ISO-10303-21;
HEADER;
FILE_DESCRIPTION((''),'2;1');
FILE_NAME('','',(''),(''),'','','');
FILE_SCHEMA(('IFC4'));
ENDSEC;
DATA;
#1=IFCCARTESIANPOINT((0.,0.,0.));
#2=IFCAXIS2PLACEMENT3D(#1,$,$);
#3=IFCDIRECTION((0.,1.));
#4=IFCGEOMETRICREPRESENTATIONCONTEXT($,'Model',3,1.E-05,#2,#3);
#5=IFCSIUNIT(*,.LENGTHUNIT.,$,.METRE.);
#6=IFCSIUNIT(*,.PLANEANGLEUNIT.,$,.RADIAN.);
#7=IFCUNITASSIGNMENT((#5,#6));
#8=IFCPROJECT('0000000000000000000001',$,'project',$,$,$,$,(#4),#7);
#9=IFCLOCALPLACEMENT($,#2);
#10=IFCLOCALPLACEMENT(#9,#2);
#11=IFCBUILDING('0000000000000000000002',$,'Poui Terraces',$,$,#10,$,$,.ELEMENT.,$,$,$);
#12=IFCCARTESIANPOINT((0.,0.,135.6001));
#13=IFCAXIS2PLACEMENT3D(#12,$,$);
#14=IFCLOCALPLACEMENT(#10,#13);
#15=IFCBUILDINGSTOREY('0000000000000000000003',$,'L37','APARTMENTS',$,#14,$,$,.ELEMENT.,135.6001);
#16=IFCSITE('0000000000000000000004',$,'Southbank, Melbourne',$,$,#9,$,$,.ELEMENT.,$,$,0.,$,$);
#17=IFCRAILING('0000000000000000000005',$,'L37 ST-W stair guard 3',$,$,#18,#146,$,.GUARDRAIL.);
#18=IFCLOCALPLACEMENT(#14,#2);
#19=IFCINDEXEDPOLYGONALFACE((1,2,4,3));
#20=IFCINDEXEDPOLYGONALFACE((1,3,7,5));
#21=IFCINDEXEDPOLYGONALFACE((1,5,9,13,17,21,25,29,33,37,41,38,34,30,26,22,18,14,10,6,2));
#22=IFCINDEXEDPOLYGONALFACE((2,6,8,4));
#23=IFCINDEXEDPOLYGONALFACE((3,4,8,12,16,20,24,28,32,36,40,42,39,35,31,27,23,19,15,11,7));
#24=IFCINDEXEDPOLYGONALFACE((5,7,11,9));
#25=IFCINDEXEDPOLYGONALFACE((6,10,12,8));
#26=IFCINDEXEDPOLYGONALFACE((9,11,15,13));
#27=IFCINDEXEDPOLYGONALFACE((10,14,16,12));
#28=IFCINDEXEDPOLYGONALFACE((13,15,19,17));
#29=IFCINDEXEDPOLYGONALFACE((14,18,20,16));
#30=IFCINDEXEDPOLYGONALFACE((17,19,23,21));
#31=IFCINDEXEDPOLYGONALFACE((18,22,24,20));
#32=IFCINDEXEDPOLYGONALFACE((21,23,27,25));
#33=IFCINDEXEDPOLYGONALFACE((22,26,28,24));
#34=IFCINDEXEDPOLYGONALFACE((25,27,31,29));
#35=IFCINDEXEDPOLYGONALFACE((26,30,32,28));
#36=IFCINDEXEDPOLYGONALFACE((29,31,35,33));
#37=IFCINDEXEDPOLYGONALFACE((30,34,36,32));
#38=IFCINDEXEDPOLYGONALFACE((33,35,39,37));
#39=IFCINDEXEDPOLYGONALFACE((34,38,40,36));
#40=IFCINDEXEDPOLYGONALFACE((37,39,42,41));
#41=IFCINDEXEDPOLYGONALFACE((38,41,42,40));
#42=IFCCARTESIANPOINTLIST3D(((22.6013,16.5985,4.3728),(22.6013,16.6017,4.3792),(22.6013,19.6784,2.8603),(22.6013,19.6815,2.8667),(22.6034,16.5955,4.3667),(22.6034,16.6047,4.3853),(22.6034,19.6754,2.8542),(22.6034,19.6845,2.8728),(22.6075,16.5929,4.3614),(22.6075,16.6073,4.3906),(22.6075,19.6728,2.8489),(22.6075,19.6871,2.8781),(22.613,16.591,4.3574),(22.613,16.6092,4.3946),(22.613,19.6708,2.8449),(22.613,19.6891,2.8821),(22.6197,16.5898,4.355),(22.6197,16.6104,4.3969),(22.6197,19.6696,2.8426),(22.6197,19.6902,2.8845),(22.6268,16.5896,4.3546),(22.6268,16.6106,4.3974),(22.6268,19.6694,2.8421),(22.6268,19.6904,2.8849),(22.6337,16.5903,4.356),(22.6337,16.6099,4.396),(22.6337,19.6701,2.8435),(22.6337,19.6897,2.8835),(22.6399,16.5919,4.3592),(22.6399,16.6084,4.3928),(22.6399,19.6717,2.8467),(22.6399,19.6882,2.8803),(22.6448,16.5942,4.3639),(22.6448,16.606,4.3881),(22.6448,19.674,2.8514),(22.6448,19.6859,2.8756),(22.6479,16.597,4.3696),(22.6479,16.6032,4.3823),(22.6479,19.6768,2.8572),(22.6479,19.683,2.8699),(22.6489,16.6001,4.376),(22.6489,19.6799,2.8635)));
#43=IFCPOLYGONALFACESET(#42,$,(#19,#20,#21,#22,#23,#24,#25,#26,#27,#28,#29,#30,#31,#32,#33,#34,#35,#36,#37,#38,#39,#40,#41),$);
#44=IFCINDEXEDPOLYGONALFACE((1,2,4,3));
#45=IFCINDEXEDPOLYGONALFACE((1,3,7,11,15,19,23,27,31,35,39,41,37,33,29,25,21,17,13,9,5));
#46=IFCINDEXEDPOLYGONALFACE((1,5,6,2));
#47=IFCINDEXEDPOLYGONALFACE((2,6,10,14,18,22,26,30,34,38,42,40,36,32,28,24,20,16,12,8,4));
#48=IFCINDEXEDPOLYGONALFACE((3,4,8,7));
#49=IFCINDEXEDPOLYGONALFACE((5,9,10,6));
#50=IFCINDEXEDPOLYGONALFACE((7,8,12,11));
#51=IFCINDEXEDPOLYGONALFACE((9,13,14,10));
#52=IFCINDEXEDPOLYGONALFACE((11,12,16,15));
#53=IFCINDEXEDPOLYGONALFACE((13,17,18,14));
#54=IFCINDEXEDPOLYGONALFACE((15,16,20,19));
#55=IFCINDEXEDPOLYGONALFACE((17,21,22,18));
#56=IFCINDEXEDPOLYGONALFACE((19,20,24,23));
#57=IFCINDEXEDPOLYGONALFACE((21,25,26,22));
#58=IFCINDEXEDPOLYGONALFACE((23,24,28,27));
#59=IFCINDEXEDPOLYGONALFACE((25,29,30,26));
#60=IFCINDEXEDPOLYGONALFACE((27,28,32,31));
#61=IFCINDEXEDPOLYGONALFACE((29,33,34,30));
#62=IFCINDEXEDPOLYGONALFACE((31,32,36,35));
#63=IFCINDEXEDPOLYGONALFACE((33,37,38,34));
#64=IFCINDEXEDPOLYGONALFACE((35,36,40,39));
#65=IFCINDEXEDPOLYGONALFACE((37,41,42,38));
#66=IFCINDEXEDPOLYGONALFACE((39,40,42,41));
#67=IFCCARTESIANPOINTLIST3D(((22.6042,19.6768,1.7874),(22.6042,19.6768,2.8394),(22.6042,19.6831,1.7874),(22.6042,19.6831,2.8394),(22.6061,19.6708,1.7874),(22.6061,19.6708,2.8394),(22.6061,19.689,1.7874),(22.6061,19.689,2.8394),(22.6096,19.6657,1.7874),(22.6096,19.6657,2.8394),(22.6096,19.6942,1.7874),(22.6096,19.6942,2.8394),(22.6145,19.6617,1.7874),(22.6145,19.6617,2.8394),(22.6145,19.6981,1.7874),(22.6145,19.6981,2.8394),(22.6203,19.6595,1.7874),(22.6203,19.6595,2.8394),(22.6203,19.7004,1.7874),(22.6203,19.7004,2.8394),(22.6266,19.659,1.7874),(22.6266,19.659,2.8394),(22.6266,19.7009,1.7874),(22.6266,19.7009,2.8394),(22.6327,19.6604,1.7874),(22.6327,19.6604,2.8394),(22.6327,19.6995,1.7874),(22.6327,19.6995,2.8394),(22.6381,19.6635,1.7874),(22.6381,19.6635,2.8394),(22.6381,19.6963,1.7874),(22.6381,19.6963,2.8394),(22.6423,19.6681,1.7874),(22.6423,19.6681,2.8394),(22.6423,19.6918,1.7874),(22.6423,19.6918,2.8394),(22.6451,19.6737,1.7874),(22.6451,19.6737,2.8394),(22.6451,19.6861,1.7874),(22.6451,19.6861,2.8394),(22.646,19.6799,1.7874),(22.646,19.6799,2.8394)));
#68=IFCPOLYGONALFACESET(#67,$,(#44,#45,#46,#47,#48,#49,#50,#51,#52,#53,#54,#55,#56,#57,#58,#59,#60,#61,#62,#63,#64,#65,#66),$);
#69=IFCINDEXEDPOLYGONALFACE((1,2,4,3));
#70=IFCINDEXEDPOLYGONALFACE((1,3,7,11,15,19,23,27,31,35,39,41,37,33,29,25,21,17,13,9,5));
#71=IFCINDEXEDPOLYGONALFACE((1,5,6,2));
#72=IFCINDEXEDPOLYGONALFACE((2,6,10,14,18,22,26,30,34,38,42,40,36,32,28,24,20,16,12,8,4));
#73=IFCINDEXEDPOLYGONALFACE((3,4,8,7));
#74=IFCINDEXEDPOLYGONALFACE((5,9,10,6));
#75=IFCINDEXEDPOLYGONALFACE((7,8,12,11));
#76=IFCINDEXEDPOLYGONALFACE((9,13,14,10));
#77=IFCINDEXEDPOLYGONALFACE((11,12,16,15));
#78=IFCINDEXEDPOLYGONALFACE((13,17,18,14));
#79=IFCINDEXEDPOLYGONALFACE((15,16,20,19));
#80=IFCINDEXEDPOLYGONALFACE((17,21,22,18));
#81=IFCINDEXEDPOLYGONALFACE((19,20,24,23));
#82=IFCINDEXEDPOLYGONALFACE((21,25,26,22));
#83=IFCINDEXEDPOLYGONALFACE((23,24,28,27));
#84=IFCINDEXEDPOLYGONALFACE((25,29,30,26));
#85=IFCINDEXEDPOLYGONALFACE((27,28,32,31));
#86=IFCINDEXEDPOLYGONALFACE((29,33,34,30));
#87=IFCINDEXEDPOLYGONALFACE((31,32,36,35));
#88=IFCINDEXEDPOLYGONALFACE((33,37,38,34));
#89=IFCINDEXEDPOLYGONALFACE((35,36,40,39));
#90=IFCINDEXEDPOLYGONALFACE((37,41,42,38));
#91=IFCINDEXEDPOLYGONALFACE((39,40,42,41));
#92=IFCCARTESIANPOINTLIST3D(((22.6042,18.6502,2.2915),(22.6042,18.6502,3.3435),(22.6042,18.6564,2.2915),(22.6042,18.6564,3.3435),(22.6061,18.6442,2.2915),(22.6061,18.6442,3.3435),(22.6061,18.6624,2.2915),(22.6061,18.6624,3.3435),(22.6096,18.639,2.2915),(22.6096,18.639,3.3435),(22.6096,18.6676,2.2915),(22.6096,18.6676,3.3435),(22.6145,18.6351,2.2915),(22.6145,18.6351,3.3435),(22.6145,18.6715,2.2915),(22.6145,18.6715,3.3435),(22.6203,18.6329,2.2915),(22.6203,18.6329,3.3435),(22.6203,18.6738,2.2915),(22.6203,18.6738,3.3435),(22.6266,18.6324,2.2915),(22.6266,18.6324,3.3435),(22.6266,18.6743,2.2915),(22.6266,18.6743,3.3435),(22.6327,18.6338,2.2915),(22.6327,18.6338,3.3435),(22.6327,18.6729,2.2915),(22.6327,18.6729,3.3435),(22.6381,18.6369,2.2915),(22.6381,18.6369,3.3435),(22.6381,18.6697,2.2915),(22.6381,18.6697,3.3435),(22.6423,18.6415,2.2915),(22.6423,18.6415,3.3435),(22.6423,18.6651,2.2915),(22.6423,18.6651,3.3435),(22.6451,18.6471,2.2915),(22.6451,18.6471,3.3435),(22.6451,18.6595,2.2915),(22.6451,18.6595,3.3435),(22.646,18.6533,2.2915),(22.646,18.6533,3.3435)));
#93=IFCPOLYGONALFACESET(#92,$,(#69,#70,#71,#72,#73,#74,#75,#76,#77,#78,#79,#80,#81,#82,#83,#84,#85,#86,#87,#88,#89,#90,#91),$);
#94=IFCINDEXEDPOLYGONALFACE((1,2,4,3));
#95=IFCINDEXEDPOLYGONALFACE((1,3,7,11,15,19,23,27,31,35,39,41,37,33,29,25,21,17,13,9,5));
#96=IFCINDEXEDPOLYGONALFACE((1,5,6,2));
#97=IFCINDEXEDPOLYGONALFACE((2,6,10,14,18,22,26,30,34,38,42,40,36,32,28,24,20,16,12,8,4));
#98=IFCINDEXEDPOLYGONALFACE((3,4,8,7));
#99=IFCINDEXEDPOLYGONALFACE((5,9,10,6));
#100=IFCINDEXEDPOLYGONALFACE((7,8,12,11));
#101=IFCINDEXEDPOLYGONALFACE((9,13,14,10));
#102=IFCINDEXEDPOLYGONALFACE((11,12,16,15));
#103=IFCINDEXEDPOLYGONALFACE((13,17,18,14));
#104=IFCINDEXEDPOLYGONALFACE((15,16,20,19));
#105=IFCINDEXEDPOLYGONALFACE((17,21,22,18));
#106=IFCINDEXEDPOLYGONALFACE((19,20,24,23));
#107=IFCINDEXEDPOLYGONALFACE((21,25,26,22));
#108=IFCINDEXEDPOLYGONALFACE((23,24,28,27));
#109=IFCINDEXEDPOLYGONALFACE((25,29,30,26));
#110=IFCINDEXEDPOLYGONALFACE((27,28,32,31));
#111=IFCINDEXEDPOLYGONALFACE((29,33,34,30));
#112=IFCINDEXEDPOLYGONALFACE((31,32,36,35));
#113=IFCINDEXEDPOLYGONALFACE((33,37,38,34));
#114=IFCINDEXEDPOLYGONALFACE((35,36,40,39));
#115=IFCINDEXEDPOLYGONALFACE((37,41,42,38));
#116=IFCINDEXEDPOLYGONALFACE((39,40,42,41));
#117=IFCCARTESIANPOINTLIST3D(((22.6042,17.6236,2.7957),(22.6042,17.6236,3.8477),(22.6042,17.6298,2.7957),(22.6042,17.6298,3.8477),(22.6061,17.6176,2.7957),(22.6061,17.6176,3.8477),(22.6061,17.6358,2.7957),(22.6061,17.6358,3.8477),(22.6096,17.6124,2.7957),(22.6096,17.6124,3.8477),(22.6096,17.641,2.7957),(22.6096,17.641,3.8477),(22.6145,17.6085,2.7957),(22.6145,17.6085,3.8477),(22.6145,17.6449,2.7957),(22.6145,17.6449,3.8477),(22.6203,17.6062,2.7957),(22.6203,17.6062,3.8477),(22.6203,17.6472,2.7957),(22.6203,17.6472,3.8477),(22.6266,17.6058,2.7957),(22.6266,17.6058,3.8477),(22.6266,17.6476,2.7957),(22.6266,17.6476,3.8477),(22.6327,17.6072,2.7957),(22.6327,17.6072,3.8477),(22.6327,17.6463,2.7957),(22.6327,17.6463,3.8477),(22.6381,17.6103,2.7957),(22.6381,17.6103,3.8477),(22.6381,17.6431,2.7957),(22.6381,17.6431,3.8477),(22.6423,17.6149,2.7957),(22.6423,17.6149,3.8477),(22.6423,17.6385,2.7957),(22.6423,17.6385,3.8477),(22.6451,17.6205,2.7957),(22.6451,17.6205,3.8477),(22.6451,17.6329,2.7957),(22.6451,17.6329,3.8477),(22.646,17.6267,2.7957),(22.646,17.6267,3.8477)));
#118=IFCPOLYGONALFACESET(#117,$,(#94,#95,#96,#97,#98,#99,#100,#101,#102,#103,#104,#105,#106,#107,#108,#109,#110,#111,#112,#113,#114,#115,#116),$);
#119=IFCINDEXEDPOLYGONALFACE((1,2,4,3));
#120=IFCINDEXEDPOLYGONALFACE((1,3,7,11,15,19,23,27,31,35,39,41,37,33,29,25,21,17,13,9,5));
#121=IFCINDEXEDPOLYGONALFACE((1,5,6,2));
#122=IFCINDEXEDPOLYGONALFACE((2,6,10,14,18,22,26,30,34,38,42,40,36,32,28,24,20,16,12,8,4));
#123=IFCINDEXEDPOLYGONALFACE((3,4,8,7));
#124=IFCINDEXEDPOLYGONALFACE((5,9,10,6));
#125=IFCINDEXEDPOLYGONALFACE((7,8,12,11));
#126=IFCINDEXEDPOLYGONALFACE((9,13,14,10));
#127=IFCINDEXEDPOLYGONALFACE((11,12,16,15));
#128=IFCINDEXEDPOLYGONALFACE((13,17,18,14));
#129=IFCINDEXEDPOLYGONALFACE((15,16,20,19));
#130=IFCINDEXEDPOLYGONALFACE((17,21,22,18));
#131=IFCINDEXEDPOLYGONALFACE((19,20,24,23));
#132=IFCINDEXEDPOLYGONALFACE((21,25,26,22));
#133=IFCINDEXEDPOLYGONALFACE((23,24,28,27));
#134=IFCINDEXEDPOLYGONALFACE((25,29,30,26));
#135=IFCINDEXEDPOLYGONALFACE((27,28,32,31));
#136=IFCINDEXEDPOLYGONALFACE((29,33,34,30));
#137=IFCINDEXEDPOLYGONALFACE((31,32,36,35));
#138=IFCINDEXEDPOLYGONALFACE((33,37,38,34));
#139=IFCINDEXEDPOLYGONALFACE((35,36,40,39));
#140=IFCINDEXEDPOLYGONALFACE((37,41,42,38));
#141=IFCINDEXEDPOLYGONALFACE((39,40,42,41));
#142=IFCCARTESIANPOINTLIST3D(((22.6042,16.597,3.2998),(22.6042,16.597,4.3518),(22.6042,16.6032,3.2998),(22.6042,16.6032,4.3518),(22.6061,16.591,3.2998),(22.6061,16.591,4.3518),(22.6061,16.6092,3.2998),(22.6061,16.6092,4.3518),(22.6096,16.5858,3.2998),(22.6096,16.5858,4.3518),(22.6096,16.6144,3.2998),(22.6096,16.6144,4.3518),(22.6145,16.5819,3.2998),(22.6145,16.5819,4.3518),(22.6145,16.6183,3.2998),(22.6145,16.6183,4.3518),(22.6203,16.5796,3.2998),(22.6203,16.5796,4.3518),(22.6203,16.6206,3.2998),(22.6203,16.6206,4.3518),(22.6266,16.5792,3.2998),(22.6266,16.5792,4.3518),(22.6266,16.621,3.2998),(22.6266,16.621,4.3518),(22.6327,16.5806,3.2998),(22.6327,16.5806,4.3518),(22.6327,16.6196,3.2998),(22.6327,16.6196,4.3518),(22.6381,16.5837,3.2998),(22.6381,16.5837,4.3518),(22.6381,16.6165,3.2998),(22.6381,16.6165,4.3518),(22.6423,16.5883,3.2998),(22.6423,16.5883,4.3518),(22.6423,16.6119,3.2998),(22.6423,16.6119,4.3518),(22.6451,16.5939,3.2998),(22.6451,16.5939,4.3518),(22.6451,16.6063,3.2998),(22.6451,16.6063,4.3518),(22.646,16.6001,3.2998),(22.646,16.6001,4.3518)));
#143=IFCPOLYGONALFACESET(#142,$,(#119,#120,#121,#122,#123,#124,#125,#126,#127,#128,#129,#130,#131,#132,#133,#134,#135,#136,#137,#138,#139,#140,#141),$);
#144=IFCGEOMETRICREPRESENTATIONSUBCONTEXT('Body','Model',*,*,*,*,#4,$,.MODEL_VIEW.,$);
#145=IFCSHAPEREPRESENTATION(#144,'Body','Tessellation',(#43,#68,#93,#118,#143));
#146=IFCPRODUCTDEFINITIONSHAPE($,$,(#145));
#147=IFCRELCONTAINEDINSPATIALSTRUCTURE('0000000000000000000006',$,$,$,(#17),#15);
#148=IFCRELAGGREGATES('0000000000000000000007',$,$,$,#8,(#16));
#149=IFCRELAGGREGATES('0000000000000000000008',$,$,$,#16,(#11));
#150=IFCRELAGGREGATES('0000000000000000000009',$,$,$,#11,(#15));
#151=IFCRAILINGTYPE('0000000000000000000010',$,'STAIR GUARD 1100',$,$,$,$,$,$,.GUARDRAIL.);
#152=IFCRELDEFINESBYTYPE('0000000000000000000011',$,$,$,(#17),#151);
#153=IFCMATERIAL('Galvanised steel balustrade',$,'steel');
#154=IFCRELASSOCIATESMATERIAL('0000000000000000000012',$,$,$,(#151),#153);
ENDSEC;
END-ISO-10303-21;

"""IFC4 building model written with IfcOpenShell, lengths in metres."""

from ifc_helpers import new_model, si_unit, direction, frame, origin, origin_2d, place, context, subcontext, project, spatial, circle, extrude, material, type_object, element, save


model = new_model("IFC4")

# Units and contexts
model_context = context("Model", 3, precision=1e-05, world=origin(), true_north=direction((0.0, 1.0)))
body_context = subcontext(model_context, "Body", "Model", "MODEL_VIEW")
ifc_project = project(units=[si_unit("LENGTHUNIT", "METRE"), si_unit("PLANEANGLEUNIT", "RADIAN")], contexts=[model_context])

# Site, building, storey
site_placement = place(None, origin())
site = spatial("IfcSite", under=ifc_project, at=site_placement, Name="Southbank, Melbourne", CompositionType="ELEMENT", RefElevation=0.0)
building_placement = place(site_placement, origin())
building = spatial("IfcBuilding", under=site, at=building_placement, Name="Poui Terraces", CompositionType="ELEMENT")
storey_placement = place(building_placement, frame((0.0, 0.0, 135.6001)))
storey = spatial("IfcBuildingStorey", under=building, at=storey_placement, Name="L37", Description="APARTMENTS", CompositionType="ELEMENT", Elevation=135.6001)

# Railing
ifc_material_1 = material(Name="Galvanised steel balustrade", Category="steel")
railing_type_1 = type_object("IfcRailingType", Name="STAIR GUARD 1100", PredefinedType="GUARDRAIL", material=ifc_material_1)
railing_1_placement = place(storey_placement, frame((22.625, 19.6799, 1.7874)))
element("IfcRailing", 1, at=railing_1_placement, inside=storey, type_object=railing_type_1, Name="L37 ST-W stair guard 3", PredefinedType="GUARDRAIL", context=body_context, shape_type="SweptSolid", body=[
    extrude(circle(Radius=0.0239, at=origin_2d()), frame((0.0, 0.0, 1.0762), z_axis=(0.0, -0.897606, 0.440798), x_axis=(1.0, 0.0, 0.0)), (0.0, 0.0, 1.0), 3.4312),
    extrude(circle(Radius=0.021, at=origin_2d()), origin(), (0.0, 0.0, 1.0), 1.052),
    extrude(circle(Radius=0.021, at=origin_2d()), frame((0.0, -1.0266, 0.5042)), (0.0, 0.0, 1.0), 1.052),
    extrude(circle(Radius=0.021, at=origin_2d()), frame((0.0, -2.0532, 1.0083)), (0.0, 0.0, 1.0), 1.052),
    extrude(circle(Radius=0.021, at=origin_2d()), frame((0.0, -3.0798, 1.5125)), (0.0, 0.0, 1.0), 1.052),
])

save(model, "model.ifc")
